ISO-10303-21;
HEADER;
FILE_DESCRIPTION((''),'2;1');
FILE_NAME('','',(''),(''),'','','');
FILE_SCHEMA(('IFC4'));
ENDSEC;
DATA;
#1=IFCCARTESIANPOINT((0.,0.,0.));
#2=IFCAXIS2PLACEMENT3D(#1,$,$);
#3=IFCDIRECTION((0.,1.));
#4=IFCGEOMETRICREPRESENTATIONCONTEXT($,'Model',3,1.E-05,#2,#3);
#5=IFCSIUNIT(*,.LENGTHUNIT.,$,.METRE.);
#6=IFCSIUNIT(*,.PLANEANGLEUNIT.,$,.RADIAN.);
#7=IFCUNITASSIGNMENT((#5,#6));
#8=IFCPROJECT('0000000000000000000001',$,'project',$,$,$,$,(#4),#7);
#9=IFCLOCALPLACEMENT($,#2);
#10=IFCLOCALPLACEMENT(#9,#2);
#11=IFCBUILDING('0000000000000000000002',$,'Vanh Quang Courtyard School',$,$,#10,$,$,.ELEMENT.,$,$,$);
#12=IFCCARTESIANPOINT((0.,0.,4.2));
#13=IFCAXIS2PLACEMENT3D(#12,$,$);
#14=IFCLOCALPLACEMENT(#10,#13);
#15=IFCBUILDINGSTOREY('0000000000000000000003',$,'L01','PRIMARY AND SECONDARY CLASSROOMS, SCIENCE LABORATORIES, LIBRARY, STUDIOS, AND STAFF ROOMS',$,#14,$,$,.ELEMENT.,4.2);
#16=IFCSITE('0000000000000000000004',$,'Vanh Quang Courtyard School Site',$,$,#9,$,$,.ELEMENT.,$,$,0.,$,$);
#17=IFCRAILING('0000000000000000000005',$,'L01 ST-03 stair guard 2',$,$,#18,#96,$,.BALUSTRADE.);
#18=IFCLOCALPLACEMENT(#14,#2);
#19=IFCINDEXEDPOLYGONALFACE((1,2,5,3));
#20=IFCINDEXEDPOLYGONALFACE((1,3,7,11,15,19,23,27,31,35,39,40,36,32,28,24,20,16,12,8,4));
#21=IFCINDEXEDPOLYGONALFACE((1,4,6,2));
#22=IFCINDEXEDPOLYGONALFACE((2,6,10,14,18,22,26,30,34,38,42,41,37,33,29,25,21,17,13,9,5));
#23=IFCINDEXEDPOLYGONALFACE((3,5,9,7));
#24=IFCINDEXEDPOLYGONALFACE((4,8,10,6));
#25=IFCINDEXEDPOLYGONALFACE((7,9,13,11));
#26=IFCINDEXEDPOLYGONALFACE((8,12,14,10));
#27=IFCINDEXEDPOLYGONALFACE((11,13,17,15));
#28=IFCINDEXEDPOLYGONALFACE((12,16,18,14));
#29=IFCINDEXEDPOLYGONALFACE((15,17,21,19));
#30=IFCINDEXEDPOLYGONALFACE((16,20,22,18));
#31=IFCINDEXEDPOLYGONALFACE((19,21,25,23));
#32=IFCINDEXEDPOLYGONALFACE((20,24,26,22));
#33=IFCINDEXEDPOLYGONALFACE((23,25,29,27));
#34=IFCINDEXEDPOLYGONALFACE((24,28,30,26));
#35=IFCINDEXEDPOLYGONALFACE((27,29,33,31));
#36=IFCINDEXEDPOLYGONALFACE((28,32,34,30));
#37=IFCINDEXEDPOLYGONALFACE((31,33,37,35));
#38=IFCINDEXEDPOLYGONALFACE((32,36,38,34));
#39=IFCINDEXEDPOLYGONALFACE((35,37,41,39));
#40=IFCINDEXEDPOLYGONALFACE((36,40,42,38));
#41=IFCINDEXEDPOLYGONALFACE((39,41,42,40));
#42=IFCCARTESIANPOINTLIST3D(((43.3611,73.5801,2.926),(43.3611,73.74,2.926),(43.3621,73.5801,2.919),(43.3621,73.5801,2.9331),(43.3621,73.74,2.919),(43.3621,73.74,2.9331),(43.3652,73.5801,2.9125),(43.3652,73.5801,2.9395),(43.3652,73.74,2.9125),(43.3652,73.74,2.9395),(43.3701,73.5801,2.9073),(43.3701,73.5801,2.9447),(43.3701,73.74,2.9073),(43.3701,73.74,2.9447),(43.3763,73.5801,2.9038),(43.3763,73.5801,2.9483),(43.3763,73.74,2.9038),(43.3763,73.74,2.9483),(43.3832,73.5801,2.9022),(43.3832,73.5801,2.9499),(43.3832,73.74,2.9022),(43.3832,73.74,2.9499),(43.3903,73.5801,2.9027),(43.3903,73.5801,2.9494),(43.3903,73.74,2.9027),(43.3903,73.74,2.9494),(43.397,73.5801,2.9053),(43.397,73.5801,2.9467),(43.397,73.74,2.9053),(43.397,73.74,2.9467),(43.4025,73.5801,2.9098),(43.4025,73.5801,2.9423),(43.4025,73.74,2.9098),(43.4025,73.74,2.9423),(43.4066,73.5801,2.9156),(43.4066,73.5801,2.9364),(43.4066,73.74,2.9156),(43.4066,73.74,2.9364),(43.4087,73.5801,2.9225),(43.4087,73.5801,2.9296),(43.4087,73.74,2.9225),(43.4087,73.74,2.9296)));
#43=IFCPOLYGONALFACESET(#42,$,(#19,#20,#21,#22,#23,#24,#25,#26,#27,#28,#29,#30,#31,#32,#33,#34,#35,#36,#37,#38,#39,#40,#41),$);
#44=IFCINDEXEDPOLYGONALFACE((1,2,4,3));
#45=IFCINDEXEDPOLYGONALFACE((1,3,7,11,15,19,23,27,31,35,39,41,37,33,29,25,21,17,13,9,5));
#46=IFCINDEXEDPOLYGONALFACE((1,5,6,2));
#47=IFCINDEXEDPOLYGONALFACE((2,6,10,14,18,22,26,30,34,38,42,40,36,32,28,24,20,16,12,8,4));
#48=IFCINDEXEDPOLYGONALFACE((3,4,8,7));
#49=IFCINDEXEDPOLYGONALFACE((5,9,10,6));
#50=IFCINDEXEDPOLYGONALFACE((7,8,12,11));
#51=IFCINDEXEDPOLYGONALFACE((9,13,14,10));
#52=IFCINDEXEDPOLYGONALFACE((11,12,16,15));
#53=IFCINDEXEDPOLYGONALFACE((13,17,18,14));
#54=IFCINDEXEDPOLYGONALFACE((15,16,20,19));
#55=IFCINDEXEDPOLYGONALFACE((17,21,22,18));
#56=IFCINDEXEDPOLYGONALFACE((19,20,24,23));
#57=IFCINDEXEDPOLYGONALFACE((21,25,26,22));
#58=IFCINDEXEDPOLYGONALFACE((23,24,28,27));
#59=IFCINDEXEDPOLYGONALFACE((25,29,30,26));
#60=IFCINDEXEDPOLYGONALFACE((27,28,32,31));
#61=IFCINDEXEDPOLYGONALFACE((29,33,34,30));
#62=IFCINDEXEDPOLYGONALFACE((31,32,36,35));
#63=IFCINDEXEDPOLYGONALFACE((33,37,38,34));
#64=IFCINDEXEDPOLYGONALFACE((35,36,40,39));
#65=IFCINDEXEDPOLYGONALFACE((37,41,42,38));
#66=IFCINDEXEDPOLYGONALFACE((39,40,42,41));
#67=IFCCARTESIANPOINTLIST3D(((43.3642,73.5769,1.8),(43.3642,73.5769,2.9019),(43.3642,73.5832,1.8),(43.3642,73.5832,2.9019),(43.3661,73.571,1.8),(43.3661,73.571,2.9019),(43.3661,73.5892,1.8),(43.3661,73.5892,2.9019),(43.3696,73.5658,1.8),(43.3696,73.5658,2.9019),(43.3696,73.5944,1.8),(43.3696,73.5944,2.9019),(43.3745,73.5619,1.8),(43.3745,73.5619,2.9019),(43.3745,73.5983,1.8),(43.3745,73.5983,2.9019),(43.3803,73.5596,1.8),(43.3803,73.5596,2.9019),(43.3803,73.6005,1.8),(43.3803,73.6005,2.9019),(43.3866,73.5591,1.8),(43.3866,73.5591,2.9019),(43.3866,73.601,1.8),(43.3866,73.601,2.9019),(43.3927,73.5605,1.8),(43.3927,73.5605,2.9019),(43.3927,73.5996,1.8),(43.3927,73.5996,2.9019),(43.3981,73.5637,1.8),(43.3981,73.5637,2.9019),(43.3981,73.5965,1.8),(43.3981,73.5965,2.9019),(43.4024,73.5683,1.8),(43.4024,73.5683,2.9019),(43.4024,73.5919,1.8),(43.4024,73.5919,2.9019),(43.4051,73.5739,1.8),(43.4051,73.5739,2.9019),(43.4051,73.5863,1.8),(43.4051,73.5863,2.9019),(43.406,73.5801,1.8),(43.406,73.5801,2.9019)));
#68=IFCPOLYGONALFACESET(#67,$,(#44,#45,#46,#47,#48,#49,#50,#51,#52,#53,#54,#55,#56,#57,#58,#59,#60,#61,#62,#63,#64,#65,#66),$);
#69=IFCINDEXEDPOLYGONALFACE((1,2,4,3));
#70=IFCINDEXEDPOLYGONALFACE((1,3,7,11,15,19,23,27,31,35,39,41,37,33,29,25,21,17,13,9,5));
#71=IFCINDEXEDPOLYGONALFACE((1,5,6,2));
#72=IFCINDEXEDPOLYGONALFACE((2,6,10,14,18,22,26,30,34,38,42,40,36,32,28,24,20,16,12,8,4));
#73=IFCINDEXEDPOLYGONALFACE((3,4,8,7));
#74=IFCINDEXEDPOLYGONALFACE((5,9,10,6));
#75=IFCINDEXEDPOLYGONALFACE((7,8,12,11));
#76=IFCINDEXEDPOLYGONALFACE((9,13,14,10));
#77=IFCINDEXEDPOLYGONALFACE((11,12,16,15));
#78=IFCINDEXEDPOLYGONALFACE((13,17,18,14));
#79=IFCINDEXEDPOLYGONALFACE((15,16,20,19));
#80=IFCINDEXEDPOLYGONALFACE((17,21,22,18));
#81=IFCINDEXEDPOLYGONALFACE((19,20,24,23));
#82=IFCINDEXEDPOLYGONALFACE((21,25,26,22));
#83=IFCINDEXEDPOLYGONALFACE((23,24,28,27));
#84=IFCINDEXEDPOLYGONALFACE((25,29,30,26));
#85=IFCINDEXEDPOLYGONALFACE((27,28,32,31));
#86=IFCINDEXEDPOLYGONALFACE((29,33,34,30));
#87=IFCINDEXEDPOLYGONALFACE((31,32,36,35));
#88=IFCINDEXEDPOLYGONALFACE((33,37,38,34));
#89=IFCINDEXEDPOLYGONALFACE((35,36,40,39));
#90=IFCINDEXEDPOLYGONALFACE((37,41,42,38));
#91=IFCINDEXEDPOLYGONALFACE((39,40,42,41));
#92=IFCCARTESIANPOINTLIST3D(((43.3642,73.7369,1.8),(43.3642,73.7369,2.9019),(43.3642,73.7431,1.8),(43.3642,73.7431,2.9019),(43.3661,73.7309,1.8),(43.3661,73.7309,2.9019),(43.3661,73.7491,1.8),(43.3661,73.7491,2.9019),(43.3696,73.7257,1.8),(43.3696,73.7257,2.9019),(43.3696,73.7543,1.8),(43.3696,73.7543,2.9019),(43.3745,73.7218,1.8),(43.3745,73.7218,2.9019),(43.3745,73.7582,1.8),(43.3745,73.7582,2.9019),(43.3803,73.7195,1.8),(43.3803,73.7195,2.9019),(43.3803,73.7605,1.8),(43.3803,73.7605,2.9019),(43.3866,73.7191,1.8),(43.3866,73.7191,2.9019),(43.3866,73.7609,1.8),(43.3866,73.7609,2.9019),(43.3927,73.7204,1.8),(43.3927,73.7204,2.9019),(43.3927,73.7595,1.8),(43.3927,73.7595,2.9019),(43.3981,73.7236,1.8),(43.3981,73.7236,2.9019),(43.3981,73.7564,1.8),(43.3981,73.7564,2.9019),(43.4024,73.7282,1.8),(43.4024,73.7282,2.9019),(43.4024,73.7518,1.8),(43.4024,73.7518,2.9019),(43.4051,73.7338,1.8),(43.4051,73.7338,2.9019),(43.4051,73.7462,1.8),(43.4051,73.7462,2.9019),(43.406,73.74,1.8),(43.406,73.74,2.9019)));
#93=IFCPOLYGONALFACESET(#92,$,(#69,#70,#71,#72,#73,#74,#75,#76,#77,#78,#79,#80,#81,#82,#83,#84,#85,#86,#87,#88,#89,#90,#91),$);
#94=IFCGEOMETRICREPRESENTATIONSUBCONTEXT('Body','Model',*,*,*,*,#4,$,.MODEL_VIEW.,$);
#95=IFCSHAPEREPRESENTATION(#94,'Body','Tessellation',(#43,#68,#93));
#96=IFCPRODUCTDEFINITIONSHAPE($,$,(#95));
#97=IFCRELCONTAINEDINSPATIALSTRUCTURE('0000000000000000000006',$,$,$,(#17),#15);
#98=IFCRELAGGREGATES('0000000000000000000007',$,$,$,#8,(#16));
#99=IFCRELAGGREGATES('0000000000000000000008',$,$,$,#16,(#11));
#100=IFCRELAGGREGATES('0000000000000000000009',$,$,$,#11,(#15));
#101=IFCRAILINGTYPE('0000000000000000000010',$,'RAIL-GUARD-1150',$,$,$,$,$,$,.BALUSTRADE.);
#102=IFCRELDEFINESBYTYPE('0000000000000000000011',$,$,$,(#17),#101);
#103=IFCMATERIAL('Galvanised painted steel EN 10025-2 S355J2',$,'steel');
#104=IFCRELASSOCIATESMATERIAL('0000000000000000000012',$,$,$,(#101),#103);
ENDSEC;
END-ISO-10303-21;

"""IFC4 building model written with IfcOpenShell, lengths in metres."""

from ifc_helpers import new_model, si_unit, direction, frame, origin, origin_2d, place, context, subcontext, project, spatial, circle, extrude, material, type_object, element, save


model = new_model("IFC4")

# Units and contexts
model_context = context("Model", 3, precision=1e-05, world=origin(), true_north=direction((0.0, 1.0)))
body_context = subcontext(model_context, "Body", "Model", "MODEL_VIEW")
ifc_project = project(units=[si_unit("LENGTHUNIT", "METRE"), si_unit("PLANEANGLEUNIT", "RADIAN")], contexts=[model_context])

# Site, building, storey
site_placement = place(None, origin())
site = spatial("IfcSite", under=ifc_project, at=site_placement, Name="Vanh Quang Courtyard School Site", CompositionType="ELEMENT", RefElevation=0.0)
building_placement = place(site_placement, origin())
building = spatial("IfcBuilding", under=site, at=building_placement, Name="Vanh Quang Courtyard School", CompositionType="ELEMENT")
storey_placement = place(building_placement, frame((0.0, 0.0, 4.2)))
storey = spatial("IfcBuildingStorey", under=building, at=storey_placement, Name="L01", Description="PRIMARY AND SECONDARY CLASSROOMS, SCIENCE LABORATORIES, LIBRARY, STUDIOS, AND STAFF ROOMS", CompositionType="ELEMENT", Elevation=4.2)

# Railing
ifc_material_1 = material(Name="Galvanised painted steel EN 10025-2 S355J2", Category="steel")
railing_type_1 = type_object("IfcRailingType", Name="RAIL-GUARD-1150", PredefinedType="BALUSTRADE", material=ifc_material_1)
railing_1_placement = place(storey_placement, frame((43.385, 73.5801, 1.8)))
element("IfcRailing", 1, at=railing_1_placement, inside=storey, type_object=railing_type_1, Name="L01 ST-03 stair guard 2", PredefinedType="BALUSTRADE", context=body_context, shape_type="SweptSolid", body=[
    extrude(circle(Radius=0.0239, at=origin_2d()), frame((0.0, 0.0, 1.126), z_axis=(0.0, 1.0, 0.0), x_axis=(-1.0, 0.0, 0.0)), (0.0, 0.0, 1.0), 0.1599),
    extrude(circle(Radius=0.021, at=origin_2d()), origin(), (0.0, 0.0, 1.0), 1.1018),
    extrude(circle(Radius=0.021, at=origin_2d()), frame((0.0, 0.1599, 0.0)), (0.0, 0.0, 1.0), 1.1018),
])

save(model, "model.ifc")
